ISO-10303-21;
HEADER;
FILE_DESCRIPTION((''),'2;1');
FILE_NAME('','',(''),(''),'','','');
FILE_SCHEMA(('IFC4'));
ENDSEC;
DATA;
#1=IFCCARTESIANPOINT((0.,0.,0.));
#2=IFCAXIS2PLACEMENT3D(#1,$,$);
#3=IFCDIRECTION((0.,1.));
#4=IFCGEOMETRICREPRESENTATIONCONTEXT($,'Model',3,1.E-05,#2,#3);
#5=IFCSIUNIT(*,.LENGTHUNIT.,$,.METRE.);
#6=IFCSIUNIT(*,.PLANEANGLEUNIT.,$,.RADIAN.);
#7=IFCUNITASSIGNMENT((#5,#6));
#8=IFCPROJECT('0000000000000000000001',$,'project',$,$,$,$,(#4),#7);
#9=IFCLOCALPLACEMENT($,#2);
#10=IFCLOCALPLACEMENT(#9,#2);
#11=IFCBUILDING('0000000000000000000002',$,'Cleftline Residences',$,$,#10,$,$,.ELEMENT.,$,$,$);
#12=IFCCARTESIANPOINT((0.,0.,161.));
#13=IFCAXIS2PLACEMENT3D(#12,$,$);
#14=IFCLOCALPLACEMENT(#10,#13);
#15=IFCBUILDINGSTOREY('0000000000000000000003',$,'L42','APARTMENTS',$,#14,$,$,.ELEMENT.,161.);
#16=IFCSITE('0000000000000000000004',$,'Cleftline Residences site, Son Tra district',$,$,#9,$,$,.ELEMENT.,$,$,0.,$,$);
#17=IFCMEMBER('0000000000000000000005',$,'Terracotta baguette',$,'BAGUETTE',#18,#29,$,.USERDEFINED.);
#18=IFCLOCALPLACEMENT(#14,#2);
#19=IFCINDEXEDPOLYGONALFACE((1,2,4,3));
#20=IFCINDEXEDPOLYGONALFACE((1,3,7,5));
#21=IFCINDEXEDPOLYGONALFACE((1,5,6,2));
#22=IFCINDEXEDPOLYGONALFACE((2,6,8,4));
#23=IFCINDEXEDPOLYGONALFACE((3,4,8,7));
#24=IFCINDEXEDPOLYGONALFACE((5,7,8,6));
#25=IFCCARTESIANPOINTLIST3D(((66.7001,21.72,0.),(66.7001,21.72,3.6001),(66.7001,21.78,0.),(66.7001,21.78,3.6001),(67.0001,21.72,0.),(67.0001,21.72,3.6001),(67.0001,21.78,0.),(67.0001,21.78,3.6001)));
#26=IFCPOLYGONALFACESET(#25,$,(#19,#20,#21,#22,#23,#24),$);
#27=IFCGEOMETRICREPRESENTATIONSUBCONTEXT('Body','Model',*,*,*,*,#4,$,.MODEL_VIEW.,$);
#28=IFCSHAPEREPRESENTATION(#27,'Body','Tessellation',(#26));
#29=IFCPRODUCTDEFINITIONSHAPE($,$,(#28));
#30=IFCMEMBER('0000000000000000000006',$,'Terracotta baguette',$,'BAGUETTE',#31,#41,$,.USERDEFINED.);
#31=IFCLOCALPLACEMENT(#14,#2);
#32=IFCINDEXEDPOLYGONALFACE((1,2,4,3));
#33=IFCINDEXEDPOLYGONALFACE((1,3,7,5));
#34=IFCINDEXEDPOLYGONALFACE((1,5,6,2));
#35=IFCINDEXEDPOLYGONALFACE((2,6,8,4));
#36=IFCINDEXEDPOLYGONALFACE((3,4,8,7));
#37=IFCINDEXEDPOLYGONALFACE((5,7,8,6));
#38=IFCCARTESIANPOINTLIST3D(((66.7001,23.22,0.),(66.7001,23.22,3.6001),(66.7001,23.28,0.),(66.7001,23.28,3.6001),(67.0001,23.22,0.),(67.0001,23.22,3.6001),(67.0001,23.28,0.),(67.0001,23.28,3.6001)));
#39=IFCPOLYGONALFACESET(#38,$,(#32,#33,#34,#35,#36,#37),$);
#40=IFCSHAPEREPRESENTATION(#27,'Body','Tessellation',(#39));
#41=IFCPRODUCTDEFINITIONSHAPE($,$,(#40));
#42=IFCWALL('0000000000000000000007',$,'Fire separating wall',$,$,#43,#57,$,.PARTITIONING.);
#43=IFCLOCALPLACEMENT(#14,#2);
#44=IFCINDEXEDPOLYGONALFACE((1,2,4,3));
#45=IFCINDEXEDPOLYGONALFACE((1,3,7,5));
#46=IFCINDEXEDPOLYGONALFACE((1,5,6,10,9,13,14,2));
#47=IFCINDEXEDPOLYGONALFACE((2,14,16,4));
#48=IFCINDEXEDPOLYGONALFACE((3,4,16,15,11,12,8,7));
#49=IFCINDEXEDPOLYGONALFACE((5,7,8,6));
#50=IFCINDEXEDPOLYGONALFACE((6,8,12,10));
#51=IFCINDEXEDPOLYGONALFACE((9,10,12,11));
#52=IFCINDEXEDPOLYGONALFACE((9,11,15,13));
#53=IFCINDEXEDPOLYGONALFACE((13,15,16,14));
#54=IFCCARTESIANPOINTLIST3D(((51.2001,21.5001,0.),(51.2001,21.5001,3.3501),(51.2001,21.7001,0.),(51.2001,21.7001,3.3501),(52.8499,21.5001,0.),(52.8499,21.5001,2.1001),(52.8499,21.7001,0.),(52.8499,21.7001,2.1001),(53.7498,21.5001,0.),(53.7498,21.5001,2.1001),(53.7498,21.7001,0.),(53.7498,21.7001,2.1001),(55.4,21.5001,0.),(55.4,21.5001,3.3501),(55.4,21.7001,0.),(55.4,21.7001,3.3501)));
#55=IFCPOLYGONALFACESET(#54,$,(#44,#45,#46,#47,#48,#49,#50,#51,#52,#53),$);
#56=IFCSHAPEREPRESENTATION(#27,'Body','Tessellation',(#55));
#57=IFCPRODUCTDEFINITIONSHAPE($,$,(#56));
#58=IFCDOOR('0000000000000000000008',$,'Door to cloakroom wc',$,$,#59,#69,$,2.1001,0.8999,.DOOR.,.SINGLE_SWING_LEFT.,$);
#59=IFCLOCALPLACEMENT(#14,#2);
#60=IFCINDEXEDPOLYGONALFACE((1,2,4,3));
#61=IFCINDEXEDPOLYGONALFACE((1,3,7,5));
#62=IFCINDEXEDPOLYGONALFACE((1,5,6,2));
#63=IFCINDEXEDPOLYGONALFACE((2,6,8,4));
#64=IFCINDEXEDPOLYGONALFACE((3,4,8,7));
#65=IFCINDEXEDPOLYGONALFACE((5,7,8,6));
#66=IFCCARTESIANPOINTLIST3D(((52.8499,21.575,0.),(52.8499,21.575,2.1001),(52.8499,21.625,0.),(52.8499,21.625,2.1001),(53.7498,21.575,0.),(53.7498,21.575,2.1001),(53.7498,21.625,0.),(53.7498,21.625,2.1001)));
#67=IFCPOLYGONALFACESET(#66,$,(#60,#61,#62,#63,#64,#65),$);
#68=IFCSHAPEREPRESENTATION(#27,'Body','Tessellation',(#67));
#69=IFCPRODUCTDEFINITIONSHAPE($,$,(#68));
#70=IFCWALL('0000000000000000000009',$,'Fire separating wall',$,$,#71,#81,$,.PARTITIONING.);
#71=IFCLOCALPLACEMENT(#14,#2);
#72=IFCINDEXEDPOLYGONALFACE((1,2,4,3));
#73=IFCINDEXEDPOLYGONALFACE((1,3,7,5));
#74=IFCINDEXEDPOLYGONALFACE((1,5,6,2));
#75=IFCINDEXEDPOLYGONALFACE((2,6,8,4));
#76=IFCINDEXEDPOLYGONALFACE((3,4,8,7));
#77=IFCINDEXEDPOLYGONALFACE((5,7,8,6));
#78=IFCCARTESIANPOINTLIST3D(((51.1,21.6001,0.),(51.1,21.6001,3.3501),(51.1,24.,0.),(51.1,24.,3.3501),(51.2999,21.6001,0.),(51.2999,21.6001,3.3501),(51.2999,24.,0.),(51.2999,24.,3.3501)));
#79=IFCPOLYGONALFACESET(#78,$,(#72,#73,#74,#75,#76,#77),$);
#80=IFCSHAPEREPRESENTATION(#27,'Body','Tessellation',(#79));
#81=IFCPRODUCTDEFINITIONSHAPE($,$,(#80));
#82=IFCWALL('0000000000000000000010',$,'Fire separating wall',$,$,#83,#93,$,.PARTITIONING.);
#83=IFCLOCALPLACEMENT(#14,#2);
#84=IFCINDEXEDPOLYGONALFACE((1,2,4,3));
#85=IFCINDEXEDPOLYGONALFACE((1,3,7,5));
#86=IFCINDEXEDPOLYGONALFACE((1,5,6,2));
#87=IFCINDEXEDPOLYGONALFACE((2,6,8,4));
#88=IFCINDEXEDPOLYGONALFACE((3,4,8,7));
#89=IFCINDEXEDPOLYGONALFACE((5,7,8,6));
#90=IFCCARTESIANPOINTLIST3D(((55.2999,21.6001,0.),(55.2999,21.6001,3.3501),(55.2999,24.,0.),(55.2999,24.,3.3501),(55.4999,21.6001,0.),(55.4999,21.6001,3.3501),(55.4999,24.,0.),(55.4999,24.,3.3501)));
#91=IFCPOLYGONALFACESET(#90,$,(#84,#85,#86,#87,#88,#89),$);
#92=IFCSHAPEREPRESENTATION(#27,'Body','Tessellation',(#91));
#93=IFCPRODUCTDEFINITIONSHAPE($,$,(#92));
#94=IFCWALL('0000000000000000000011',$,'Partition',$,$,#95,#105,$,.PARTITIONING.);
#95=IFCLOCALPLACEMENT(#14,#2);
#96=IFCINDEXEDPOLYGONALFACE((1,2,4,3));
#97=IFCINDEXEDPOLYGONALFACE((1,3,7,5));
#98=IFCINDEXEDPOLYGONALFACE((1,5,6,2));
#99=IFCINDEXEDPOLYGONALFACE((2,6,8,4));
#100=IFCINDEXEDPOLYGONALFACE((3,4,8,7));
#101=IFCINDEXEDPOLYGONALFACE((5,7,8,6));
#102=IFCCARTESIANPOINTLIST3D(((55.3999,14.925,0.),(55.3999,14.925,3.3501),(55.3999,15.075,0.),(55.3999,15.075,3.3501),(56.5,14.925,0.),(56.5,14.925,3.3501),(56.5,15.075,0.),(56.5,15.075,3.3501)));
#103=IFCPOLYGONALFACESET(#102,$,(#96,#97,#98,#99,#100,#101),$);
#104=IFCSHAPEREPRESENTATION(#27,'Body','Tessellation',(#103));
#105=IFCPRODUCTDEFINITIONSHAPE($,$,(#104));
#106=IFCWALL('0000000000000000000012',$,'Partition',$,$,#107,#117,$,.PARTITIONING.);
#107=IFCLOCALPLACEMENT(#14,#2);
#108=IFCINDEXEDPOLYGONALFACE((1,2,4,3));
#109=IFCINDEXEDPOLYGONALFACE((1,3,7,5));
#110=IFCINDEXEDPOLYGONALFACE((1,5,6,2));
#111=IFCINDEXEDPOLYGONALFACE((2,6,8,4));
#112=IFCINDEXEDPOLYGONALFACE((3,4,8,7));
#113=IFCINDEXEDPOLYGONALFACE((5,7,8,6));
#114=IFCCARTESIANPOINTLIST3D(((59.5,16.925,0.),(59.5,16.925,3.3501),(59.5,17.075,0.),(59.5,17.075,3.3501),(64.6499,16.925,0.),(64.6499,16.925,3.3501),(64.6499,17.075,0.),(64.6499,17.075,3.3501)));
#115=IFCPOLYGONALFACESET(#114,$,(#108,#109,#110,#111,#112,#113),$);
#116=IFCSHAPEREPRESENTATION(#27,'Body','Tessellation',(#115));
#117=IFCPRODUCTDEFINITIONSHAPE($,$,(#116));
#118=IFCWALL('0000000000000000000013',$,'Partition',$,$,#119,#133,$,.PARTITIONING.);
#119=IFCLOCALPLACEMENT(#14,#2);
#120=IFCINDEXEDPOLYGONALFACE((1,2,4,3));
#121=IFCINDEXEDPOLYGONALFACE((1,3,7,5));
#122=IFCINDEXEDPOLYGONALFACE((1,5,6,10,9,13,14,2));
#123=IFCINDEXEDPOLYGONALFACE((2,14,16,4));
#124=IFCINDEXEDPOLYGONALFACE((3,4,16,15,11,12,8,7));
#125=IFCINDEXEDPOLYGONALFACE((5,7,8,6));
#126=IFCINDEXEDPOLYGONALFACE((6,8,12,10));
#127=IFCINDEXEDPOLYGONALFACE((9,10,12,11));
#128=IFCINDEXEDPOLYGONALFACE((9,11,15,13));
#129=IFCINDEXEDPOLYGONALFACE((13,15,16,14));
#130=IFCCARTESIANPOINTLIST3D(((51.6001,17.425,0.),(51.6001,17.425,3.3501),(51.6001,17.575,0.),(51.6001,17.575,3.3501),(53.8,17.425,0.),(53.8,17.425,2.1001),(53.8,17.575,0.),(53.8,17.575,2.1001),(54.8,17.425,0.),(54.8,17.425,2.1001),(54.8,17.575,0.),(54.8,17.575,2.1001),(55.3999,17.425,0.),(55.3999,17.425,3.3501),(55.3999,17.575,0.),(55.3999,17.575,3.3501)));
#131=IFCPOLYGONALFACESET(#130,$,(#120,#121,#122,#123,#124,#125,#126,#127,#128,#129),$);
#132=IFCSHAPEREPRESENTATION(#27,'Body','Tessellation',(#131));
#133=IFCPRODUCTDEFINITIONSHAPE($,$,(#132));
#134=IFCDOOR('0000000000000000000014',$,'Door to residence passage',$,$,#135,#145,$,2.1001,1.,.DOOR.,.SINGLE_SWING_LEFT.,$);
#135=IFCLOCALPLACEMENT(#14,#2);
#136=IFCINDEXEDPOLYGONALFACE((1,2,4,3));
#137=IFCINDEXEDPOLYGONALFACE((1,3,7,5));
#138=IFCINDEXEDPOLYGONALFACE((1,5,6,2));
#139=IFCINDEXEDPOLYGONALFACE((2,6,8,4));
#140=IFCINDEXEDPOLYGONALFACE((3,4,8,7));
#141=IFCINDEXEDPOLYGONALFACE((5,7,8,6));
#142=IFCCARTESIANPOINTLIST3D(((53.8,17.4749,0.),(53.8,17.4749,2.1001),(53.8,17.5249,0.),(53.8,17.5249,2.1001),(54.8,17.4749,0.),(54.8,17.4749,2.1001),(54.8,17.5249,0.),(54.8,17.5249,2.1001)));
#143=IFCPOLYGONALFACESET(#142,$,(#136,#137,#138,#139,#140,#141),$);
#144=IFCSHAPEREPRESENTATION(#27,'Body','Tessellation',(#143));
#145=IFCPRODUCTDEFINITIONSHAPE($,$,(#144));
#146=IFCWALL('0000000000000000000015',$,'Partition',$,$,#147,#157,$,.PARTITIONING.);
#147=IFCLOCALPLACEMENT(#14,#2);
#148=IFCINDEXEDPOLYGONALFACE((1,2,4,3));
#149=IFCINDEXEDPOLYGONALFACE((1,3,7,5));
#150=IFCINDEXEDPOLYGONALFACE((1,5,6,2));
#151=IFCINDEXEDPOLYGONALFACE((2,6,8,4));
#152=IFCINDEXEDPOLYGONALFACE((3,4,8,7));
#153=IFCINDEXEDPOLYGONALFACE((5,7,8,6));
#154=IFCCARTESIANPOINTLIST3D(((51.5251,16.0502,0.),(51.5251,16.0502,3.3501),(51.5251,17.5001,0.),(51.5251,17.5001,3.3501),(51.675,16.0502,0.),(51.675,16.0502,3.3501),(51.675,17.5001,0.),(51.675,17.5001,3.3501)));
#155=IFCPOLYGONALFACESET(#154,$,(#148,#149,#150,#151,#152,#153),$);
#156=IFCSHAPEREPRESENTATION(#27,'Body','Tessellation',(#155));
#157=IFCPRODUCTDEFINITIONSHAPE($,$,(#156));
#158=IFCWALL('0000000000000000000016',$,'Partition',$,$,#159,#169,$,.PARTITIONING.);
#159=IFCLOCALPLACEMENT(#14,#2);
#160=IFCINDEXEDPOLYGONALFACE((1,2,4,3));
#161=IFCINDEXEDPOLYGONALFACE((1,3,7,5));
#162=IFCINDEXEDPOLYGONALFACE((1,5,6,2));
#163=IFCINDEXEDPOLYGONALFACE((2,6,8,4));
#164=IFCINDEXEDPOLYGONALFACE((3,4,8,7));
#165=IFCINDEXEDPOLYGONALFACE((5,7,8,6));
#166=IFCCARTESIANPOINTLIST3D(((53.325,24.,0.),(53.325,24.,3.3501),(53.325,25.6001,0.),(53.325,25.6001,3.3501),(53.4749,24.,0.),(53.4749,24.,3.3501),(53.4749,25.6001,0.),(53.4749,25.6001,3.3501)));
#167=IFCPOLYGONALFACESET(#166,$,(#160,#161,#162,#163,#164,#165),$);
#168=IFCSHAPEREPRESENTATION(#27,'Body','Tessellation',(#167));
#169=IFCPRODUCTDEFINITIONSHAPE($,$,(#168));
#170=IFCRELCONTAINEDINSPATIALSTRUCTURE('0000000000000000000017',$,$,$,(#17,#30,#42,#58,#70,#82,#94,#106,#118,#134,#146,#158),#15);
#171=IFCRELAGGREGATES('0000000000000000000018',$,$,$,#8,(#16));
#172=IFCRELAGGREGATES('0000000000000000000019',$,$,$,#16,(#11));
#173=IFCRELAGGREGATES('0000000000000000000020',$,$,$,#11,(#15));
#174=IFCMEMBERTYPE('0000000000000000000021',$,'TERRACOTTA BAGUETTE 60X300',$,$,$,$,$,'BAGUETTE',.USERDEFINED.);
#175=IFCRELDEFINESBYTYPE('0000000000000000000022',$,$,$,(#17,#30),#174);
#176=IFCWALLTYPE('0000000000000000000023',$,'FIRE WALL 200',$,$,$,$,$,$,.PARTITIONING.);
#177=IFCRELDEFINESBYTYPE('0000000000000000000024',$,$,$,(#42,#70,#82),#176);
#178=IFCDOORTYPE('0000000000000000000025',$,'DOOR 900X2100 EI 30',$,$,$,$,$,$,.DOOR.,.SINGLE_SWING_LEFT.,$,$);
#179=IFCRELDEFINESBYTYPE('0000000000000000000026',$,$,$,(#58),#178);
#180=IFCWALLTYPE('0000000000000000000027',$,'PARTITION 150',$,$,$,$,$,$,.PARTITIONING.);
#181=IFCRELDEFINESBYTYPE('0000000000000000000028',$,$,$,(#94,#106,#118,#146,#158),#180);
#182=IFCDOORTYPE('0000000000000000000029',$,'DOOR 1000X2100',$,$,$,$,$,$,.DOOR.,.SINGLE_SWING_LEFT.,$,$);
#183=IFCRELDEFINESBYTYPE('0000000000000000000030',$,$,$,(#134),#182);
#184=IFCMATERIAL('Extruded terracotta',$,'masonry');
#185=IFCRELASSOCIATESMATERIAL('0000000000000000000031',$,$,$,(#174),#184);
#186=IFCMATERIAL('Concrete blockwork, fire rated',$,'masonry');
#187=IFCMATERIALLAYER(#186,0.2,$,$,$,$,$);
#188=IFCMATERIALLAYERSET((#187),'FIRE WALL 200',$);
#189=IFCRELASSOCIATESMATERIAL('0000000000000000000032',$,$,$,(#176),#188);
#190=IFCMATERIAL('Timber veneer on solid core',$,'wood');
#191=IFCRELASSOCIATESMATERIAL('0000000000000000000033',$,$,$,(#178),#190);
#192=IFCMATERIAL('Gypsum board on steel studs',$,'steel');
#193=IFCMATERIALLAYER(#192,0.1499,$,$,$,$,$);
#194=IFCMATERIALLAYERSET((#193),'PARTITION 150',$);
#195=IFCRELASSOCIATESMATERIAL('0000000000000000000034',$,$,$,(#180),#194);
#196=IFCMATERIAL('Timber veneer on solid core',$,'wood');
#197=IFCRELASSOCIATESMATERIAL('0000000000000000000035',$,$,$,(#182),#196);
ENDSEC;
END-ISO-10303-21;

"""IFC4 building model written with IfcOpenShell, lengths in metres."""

from ifc_helpers import new_model, si_unit, direction, frame, frame_2d, origin, origin_2d, place, context, subcontext, project, spatial, rectangle, extrude, material, layer, layer_set, material_profile, profile_set, type_object, element, fill, save


model = new_model("IFC4")

# Units and contexts
model_context = context("Model", 3, precision=1e-05, world=origin(), true_north=direction((0.0, 1.0)))
body_context = subcontext(model_context, "Body", "Model", "MODEL_VIEW")
ifc_project = project(units=[si_unit("LENGTHUNIT", "METRE"), si_unit("PLANEANGLEUNIT", "RADIAN")], contexts=[model_context])

# Site, building, storey
site_placement = place(None, origin())
site = spatial("IfcSite", under=ifc_project, at=site_placement, Name="Cleftline Residences site, Son Tra district", CompositionType="ELEMENT", RefElevation=0.0)
building_placement = place(site_placement, origin())
building = spatial("IfcBuilding", under=site, at=building_placement, Name="Cleftline Residences", CompositionType="ELEMENT")
storey_placement = place(building_placement, frame((0.0, 0.0, 161.0)))
storey = spatial("IfcBuildingStorey", under=building, at=storey_placement, Name="L42", Description="APARTMENTS", CompositionType="ELEMENT", Elevation=161.0)

# Members
ifc_material_1 = material(Name="Extruded terracotta", Category="masonry")
ifc_material_profile_1 = material_profile(ifc_material_1, rectangle(XDim=0.0601, YDim=0.3, at=origin_2d()))
ifc_profile_set_1 = profile_set([ifc_material_profile_1], Name="Extruded terracotta")
member_type_1 = type_object("IfcMemberType", Name="TERRACOTTA BAGUETTE 60X300", ElementType="BAGUETTE", PredefinedType="USERDEFINED", material=ifc_profile_set_1)
for number, where, z_axis, x_axis, name in (
    (1, (66.8501, 21.75, 0.0), (0.0, 0.0, 1.0), (0.0, 1.0, 0.0), "Terracotta baguette"),
    (2, (66.8501, 23.25, 0.0), (0.0, 0.0, 1.0), (0.0, 1.0, 0.0), "Terracotta baguette"),
):
    element("IfcMember", number, at=place(storey_placement, frame(where, z_axis=z_axis, x_axis=x_axis)), inside=storey, type_object=member_type_1, Name=name, ObjectType="BAGUETTE", PredefinedType="USERDEFINED", context=body_context, shape_type="SweptSolid", body=[
        extrude(rectangle(XDim=0.0601, YDim=0.3, at=origin_2d()), origin(), (0.0, 0.0, 1.0), 3.6001),
    ])

# Wall, opening, door
ifc_material_2 = material(Name="Concrete blockwork, fire rated", Category="masonry")
ifc_layer_1 = layer(ifc_material_2, 0.2)
ifc_layer_set_1 = layer_set([ifc_layer_1], Name="FIRE WALL 200")
wall_type_1 = type_object("IfcWallType", Name="FIRE WALL 200", PredefinedType="PARTITIONING", material=ifc_layer_set_1)
wall_1_placement = place(storey_placement, frame((51.2, 21.6001, 0.0), z_axis=(0.0, 0.0, 1.0), x_axis=(1.0, 0.0, 0.0)))
wall_1 = element("IfcWall", 3, at=wall_1_placement, inside=storey, type_object=wall_type_1, Name="Fire separating wall", PredefinedType="PARTITIONING", context=body_context, shape_type="SweptSolid", body=[
    extrude(rectangle(XDim=4.2, YDim=0.2, at=frame_2d((2.1001, 0.0))), origin(), (0.0, 0.0, 1.0), 3.3501),
])
opening_1_placement = place(wall_1_placement, frame((1.6499, 0.0, 0.0)))
opening_1 = element("IfcOpeningElement", 4, at=opening_1_placement, cuts=wall_1, PredefinedType="OPENING", context=body_context, shape_type="SweptSolid", body=[
    extrude(rectangle(XDim=0.8999, YDim=2.1001, at=frame_2d((0.45, 1.05))), frame((0.0, 0.1099, 0.0), z_axis=(0.0, -1.0, 0.0), x_axis=(1.0, 0.0, 0.0)), (0.0, 0.0, 1.0), 0.22),
])
ifc_material_3 = material(Name="Timber veneer on solid core", Category="wood")
door_type_1 = type_object("IfcDoorType", Name="DOOR 900X2100 EI 30", OperationType="SINGLE_SWING_LEFT", PredefinedType="DOOR", material=ifc_material_3)
door_1_placement = place(opening_1_placement, origin())
door_1 = element("IfcDoor", 5, at=door_1_placement, inside=storey, type_object=door_type_1, Name="Door to cloakroom wc", OperationType="SINGLE_SWING_LEFT", OverallHeight=2.1001, OverallWidth=0.8999, PredefinedType="DOOR", context=body_context, shape_type="SweptSolid", body=[
    extrude(rectangle(XDim=0.8999, YDim=2.1001, at=frame_2d((0.45, 1.05))), frame((0.0, 0.0249, 0.0), z_axis=(0.0, -1.0, 0.0), x_axis=(1.0, 0.0, 0.0)), (0.0, 0.0, 1.0), 0.05),
])
fill(opening_1, door_1)

# Walls
for number, where, z_axis, x_axis, name in (
    (6, (51.2, 21.6001, 0.0), (0.0, 0.0, 1.0), (0.0, 1.0, 0.0), "Fire separating wall"),
    (7, (55.3999, 21.6001, 0.0), (0.0, 0.0, 1.0), (0.0, 1.0, 0.0), "Fire separating wall"),
):
    element("IfcWall", number, at=place(storey_placement, frame(where, z_axis=z_axis, x_axis=x_axis)), inside=storey, type_object=wall_type_1, Name=name, PredefinedType="PARTITIONING", context=body_context, shape_type="SweptSolid", body=[
        extrude(rectangle(XDim=2.3999, YDim=0.2, at=frame_2d((1.2, 0.0))), origin(), (0.0, 0.0, 1.0), 3.3501),
    ])
ifc_material_4 = material(Name="Gypsum board on steel studs", Category="steel")
ifc_layer_2 = layer(ifc_material_4, 0.1499)
ifc_layer_set_2 = layer_set([ifc_layer_2], Name="PARTITION 150")
wall_type_2 = type_object("IfcWallType", Name="PARTITION 150", PredefinedType="PARTITIONING", material=ifc_layer_set_2)
wall_2_placement = place(storey_placement, frame((55.3999, 15.0, 0.0), z_axis=(0.0, 0.0, 1.0), x_axis=(1.0, 0.0, 0.0)))
element("IfcWall", 8, at=wall_2_placement, inside=storey, type_object=wall_type_2, Name="Partition", PredefinedType="PARTITIONING", context=body_context, shape_type="SweptSolid", body=[
    extrude(rectangle(XDim=1.1001, YDim=0.1499, at=frame_2d((0.55, 0.0))), origin(), (0.0, 0.0, 1.0), 3.3501),
])
wall_3_placement = place(storey_placement, frame((59.5, 17.0, 0.0), z_axis=(0.0, 0.0, 1.0), x_axis=(1.0, 0.0, 0.0)))
element("IfcWall", 9, at=wall_3_placement, inside=storey, type_object=wall_type_2, Name="Partition", PredefinedType="PARTITIONING", context=body_context, shape_type="SweptSolid", body=[
    extrude(rectangle(XDim=5.1499, YDim=0.1499, at=frame_2d((2.575, 0.0))), origin(), (0.0, 0.0, 1.0), 3.3501),
])

# Wall, opening, door
wall_4_placement = place(storey_placement, frame((51.6001, 17.5, 0.0), z_axis=(0.0, 0.0, 1.0), x_axis=(1.0, 0.0, 0.0)))
wall_4 = element("IfcWall", 10, at=wall_4_placement, inside=storey, type_object=wall_type_2, Name="Partition", PredefinedType="PARTITIONING", context=body_context, shape_type="SweptSolid", body=[
    extrude(rectangle(XDim=3.7998, YDim=0.1499, at=frame_2d((1.8999, 0.0))), origin(), (0.0, 0.0, 1.0), 3.3501),
])
opening_2_placement = place(wall_4_placement, frame((2.2, 0.0, 0.0)))
opening_2 = element("IfcOpeningElement", 11, at=opening_2_placement, cuts=wall_4, PredefinedType="OPENING", context=body_context, shape_type="SweptSolid", body=[
    extrude(rectangle(XDim=1.0, YDim=2.1001, at=frame_2d((0.5, 1.05))), frame((0.0, 0.085, 0.0), z_axis=(0.0, -1.0, 0.0), x_axis=(1.0, 0.0, 0.0)), (0.0, 0.0, 1.0), 0.1699),
])
ifc_material_5 = material(Name="Timber veneer on solid core", Category="wood")
door_type_2 = type_object("IfcDoorType", Name="DOOR 1000X2100", OperationType="SINGLE_SWING_LEFT", PredefinedType="DOOR", material=ifc_material_5)
door_2_placement = place(opening_2_placement, origin())
door_2 = element("IfcDoor", 12, at=door_2_placement, inside=storey, type_object=door_type_2, Name="Door to residence passage", OperationType="SINGLE_SWING_LEFT", OverallHeight=2.1001, OverallWidth=1.0, PredefinedType="DOOR", context=body_context, shape_type="SweptSolid", body=[
    extrude(rectangle(XDim=1.0, YDim=2.1001, at=frame_2d((0.5, 1.05))), frame((0.0, 0.0249, 0.0), z_axis=(0.0, -1.0, 0.0), x_axis=(1.0, 0.0, 0.0)), (0.0, 0.0, 1.0), 0.05),
])
fill(opening_2, door_2)

# Walls
wall_5_placement = place(storey_placement, frame((51.6001, 16.05, 0.0), z_axis=(0.0, 0.0, 1.0), x_axis=(0.0, 1.0, 0.0)))
element("IfcWall", 13, at=wall_5_placement, inside=storey, type_object=wall_type_2, Name="Partition", PredefinedType="PARTITIONING", context=body_context, shape_type="SweptSolid", body=[
    extrude(rectangle(XDim=1.45, YDim=0.1499, at=frame_2d((0.7251, 0.0))), origin(), (0.0, 0.0, 1.0), 3.3501),
])
wall_6_placement = place(storey_placement, frame((53.3999, 24.0, 0.0), z_axis=(0.0, 0.0, 1.0), x_axis=(0.0, 1.0, 0.0)))
element("IfcWall", 14, at=wall_6_placement, inside=storey, type_object=wall_type_2, Name="Partition", PredefinedType="PARTITIONING", context=body_context, shape_type="SweptSolid", body=[
    extrude(rectangle(XDim=1.6001, YDim=0.1499, at=frame_2d((0.8, 0.0))), origin(), (0.0, 0.0, 1.0), 3.3501),
])

save(model, "model.ifc")
